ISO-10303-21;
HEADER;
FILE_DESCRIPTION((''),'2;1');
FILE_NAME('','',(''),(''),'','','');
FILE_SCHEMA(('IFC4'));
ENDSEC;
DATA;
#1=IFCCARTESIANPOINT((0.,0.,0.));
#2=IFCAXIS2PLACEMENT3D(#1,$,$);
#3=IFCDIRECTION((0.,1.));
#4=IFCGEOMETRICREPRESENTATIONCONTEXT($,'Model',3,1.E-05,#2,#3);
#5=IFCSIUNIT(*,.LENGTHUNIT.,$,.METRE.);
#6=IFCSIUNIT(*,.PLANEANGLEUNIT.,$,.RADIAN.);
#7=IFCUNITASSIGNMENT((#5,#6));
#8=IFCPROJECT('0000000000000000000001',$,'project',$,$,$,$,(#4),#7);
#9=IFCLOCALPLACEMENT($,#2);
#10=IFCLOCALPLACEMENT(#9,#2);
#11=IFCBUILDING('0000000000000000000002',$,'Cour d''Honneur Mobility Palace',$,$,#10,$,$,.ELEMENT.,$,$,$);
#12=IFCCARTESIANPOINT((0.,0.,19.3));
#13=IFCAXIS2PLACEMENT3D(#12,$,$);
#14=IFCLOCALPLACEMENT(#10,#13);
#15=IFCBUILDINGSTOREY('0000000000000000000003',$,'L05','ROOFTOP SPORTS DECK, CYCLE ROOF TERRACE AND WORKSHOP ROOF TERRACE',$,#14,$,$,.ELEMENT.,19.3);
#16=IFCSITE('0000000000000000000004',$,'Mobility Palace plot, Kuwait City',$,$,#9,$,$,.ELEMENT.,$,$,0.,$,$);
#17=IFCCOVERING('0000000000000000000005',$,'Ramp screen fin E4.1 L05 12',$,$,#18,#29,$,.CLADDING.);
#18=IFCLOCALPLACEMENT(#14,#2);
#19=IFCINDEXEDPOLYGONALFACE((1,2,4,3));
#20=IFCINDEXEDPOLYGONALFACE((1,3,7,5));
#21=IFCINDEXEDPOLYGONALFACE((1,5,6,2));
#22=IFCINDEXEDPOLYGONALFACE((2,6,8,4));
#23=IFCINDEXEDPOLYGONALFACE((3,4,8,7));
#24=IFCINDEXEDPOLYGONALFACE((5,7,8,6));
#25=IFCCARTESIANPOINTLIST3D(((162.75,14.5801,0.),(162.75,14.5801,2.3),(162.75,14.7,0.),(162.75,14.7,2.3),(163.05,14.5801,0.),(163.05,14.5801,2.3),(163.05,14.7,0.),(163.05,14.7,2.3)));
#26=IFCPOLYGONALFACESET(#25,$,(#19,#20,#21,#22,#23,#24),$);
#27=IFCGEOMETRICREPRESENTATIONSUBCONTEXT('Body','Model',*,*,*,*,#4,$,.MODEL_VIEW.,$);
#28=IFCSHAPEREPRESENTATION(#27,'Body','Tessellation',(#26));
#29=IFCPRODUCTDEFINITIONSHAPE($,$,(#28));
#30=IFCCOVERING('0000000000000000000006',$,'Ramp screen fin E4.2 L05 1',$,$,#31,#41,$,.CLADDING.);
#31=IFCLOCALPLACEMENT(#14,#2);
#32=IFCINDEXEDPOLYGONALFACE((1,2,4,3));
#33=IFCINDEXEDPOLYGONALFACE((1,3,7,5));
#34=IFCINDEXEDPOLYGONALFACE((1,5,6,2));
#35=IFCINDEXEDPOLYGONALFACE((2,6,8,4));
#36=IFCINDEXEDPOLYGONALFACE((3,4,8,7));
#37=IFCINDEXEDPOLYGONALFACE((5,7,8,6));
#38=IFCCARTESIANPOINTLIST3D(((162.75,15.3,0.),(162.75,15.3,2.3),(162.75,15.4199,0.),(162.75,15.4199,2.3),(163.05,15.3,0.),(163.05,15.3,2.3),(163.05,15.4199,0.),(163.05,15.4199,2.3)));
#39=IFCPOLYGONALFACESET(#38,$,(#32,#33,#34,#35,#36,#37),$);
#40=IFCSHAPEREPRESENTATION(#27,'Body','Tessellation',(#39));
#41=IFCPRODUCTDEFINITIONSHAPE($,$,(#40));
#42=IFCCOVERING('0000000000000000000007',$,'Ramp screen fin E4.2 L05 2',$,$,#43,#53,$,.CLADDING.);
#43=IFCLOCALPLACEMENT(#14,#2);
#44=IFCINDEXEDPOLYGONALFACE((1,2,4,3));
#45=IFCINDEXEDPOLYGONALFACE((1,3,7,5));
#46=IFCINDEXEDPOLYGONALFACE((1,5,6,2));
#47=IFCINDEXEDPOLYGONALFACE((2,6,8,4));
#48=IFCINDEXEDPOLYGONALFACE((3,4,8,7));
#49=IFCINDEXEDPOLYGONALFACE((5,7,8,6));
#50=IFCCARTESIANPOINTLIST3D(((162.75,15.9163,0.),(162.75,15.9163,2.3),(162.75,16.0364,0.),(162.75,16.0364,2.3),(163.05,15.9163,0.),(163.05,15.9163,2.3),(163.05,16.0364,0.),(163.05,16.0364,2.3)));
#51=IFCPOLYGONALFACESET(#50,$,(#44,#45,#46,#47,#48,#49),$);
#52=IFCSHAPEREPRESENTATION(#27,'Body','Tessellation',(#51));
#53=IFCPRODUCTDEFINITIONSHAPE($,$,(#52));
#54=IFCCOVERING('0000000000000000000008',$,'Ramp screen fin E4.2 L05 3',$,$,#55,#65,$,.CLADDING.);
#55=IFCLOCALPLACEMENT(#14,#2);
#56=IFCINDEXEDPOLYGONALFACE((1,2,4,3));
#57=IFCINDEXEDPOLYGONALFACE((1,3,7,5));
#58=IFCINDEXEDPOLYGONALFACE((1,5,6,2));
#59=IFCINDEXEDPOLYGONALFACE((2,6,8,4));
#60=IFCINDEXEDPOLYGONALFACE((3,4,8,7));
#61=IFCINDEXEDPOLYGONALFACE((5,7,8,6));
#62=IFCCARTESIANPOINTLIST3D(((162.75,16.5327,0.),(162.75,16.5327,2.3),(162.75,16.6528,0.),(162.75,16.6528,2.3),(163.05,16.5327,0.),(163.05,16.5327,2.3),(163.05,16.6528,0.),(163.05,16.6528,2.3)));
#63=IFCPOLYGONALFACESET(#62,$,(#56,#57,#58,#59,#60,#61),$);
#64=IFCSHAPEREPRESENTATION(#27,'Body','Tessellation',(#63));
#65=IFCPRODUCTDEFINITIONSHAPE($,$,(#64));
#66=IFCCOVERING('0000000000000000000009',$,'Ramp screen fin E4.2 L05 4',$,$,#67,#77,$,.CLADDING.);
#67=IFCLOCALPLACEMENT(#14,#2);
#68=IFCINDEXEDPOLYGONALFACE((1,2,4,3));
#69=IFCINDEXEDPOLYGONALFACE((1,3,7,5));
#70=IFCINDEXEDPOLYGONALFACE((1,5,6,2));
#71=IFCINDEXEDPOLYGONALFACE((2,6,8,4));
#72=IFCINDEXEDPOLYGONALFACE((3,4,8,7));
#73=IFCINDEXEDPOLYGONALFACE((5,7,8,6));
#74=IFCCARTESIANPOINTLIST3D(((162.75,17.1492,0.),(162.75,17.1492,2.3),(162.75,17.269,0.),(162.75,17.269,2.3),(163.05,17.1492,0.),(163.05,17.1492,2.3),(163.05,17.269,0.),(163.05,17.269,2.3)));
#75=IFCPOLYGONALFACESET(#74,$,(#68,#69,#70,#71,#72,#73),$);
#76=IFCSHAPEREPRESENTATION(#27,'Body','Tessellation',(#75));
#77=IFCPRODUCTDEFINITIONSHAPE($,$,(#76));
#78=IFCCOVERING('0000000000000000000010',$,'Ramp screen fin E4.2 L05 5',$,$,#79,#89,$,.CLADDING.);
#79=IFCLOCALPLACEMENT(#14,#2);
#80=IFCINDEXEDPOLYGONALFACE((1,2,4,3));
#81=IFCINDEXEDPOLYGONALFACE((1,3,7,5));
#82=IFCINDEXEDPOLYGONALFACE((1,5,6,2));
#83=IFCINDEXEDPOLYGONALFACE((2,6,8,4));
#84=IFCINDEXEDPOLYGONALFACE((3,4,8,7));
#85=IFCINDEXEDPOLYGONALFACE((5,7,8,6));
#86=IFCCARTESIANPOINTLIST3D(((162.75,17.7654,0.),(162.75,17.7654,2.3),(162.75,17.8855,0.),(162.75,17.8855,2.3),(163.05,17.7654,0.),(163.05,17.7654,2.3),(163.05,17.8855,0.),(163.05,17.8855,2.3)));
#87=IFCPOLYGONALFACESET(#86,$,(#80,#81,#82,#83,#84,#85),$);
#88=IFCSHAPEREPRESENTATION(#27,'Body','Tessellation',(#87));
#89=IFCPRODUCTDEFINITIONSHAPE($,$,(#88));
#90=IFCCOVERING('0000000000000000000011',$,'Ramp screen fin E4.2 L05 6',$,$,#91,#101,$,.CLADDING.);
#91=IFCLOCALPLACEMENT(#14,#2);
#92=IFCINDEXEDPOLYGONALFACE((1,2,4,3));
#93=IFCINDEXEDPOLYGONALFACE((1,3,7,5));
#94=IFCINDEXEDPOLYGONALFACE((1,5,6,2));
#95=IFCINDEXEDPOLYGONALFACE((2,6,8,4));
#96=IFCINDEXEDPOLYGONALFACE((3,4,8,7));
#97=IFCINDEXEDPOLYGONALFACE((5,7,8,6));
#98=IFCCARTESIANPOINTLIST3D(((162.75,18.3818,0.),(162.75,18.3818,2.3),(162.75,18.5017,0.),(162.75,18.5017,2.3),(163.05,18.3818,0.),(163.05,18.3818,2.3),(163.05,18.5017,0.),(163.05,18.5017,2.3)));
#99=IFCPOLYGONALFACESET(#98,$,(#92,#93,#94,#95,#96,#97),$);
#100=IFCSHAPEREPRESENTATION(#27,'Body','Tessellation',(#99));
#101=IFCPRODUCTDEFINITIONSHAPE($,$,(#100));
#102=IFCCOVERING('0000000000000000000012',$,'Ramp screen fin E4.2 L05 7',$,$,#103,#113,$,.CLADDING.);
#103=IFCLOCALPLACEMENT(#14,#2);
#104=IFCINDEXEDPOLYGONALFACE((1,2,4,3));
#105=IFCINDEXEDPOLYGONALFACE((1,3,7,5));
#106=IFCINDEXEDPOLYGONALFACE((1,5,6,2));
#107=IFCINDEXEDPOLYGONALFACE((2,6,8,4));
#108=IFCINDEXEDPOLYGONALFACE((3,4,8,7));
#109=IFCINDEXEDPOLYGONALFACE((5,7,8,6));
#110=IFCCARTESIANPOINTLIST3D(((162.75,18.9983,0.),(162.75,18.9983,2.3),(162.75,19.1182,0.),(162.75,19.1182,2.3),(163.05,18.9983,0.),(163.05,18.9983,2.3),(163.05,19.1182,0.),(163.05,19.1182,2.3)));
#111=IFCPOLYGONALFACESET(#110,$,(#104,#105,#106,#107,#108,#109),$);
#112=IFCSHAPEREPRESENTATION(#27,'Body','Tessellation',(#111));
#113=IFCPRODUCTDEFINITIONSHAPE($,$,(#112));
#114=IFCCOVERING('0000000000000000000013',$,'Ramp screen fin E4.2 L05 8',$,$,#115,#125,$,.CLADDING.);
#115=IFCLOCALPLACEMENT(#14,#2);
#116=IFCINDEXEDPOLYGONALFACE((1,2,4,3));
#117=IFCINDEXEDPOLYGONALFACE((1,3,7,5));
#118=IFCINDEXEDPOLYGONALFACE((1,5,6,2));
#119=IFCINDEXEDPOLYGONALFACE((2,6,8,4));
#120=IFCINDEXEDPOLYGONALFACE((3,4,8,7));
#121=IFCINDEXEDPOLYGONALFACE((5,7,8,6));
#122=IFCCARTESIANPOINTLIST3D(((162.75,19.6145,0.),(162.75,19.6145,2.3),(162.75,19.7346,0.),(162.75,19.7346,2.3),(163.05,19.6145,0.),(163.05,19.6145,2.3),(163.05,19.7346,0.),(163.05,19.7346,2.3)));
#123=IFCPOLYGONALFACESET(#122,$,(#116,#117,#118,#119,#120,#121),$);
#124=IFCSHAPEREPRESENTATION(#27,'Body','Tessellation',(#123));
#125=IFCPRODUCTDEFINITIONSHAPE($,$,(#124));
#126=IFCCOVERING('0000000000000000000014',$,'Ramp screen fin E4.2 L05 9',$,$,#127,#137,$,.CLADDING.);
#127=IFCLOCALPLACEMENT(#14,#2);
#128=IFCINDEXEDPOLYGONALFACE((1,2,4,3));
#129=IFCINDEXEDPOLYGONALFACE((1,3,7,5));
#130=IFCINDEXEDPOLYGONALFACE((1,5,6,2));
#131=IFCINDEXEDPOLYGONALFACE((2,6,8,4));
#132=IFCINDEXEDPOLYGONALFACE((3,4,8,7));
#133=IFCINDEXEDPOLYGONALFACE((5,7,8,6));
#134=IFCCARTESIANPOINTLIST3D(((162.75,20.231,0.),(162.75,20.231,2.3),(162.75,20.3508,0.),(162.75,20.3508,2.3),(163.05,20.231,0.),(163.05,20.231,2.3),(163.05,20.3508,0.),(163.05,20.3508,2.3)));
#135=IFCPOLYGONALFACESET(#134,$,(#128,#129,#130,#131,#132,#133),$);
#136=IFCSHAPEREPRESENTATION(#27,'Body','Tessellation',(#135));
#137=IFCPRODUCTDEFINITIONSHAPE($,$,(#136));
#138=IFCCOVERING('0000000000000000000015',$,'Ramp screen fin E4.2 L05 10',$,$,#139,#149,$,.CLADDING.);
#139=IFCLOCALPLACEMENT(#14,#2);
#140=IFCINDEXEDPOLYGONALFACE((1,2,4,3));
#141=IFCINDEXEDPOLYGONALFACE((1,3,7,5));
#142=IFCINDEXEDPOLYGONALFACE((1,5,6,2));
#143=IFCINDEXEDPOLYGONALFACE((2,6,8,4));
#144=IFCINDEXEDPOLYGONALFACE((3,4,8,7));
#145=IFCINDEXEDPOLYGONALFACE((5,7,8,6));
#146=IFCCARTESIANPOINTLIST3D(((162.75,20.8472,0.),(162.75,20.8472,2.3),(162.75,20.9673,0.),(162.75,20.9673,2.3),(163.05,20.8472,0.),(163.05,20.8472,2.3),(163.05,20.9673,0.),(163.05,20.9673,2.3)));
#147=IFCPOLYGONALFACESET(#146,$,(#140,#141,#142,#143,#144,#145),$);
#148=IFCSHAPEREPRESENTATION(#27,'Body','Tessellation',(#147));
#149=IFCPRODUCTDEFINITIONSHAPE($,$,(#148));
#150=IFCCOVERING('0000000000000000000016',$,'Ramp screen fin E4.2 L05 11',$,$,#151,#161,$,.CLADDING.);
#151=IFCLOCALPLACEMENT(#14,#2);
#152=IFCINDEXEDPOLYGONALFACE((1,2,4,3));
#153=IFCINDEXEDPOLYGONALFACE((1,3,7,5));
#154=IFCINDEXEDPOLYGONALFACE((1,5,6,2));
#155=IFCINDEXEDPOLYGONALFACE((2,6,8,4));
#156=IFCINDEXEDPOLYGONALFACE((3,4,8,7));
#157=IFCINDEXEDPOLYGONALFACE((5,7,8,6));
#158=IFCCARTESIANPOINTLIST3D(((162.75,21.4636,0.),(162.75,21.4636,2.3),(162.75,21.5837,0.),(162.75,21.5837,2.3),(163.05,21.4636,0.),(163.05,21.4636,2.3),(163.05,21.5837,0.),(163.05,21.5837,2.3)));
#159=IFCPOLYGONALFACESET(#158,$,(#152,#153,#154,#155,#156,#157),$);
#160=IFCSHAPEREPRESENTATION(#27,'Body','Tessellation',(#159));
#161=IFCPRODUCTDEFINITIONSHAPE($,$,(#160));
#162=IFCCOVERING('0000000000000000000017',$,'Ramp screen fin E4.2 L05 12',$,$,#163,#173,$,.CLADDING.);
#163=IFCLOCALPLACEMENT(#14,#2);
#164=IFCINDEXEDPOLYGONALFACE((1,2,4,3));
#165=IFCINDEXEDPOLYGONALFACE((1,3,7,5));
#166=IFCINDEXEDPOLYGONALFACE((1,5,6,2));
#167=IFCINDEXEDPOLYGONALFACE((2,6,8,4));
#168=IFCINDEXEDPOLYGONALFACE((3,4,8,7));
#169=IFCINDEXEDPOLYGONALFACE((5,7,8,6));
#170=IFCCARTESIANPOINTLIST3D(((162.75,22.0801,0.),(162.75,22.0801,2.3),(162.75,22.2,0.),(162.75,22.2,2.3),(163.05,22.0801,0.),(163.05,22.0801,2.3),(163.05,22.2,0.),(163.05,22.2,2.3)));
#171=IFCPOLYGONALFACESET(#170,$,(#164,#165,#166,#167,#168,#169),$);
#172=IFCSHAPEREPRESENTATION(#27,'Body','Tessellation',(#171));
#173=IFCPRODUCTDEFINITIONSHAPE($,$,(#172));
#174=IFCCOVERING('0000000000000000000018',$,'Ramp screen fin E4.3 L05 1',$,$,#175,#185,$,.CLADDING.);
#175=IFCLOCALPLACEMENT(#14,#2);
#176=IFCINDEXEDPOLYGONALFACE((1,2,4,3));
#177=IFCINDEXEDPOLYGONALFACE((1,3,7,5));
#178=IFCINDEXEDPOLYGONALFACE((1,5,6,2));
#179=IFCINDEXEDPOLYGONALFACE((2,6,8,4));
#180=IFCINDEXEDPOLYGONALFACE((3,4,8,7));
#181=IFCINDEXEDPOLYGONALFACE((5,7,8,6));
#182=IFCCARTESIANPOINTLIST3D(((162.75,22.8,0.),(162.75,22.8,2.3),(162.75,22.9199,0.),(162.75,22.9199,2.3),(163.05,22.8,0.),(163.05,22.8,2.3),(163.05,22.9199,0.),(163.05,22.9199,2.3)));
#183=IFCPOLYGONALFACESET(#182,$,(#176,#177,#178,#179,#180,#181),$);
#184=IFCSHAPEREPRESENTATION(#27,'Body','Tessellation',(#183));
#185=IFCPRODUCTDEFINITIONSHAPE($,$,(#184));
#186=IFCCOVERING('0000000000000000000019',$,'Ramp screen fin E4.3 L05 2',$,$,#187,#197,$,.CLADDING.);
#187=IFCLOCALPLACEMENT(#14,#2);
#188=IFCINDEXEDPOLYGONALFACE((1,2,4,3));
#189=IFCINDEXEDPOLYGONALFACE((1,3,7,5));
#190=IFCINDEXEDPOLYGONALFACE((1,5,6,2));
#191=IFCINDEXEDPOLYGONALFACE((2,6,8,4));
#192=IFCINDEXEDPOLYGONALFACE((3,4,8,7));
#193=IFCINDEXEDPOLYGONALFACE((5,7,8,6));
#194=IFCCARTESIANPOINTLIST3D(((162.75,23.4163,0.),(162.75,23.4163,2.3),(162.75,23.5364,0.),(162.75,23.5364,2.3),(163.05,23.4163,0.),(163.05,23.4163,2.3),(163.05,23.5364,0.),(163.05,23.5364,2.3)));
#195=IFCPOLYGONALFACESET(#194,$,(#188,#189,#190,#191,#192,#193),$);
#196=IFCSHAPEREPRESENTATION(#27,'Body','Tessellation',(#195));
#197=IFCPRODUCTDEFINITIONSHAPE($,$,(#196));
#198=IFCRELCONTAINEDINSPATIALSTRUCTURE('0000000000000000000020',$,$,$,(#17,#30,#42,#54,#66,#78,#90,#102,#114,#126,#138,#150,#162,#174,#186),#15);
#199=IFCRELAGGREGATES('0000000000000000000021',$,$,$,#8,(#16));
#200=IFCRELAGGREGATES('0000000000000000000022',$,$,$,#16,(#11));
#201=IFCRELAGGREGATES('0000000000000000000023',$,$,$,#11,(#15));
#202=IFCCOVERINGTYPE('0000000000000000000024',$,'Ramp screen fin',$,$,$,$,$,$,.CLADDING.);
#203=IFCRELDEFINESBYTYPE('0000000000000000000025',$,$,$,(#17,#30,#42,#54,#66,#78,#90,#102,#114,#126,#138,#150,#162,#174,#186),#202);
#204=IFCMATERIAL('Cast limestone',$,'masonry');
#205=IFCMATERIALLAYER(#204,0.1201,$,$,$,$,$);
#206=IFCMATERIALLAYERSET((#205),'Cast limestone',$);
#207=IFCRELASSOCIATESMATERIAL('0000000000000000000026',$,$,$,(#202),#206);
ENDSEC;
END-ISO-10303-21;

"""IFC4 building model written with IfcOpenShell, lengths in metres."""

from ifc_helpers import new_model, si_unit, direction, frame, origin, place, context, subcontext, project, spatial, polyline, outline, extrude, material, layer, layer_set, type_object, element, save


model = new_model("IFC4")

# Units and contexts
model_context = context("Model", 3, precision=1e-05, world=origin(), true_north=direction((0.0, 1.0)))
body_context = subcontext(model_context, "Body", "Model", "MODEL_VIEW")
ifc_project = project(units=[si_unit("LENGTHUNIT", "METRE"), si_unit("PLANEANGLEUNIT", "RADIAN")], contexts=[model_context])

# Site, building, storey
site_placement = place(None, origin())
site = spatial("IfcSite", under=ifc_project, at=site_placement, Name="Mobility Palace plot, Kuwait City", CompositionType="ELEMENT", RefElevation=0.0)
building_placement = place(site_placement, origin())
building = spatial("IfcBuilding", under=site, at=building_placement, Name="Cour d'Honneur Mobility Palace", CompositionType="ELEMENT")
storey_placement = place(building_placement, frame((0.0, 0.0, 19.3)))
storey = spatial("IfcBuildingStorey", under=building, at=storey_placement, Name="L05", Description="ROOFTOP SPORTS DECK, CYCLE ROOF TERRACE AND WORKSHOP ROOF TERRACE", CompositionType="ELEMENT", Elevation=19.3)

# Coverings
ifc_material = material(Name="Cast limestone", Category="masonry")
ifc_layer = layer(ifc_material, 0.1201)
ifc_layer_set = layer_set([ifc_layer], Name="Cast limestone")
covering_type = type_object("IfcCoveringType", Name="Ramp screen fin", PredefinedType="CLADDING", material=ifc_layer_set)
covering_1_placement = place(storey_placement, origin())
element("IfcCovering", 1, at=covering_1_placement, inside=storey, type_object=covering_type, Name="Ramp screen fin E4.1 L05 12", PredefinedType="CLADDING", context=body_context, shape_type="SweptSolid", body=[
    extrude(outline(polyline([(162.75, 14.5801), (162.75, 14.7), (163.05, 14.7), (163.05, 14.5801), (162.75, 14.5801)])), origin(), (0.0, 0.0, 1.0), 2.3),
])
covering_2_placement = place(storey_placement, origin())
element("IfcCovering", 2, at=covering_2_placement, inside=storey, type_object=covering_type, Name="Ramp screen fin E4.2 L05 1", PredefinedType="CLADDING", context=body_context, shape_type="SweptSolid", body=[
    extrude(outline(polyline([(162.75, 15.3), (162.75, 15.4199), (163.05, 15.4199), (163.05, 15.3), (162.75, 15.3)])), origin(), (0.0, 0.0, 1.0), 2.3),
])
covering_3_placement = place(storey_placement, origin())
element("IfcCovering", 3, at=covering_3_placement, inside=storey, type_object=covering_type, Name="Ramp screen fin E4.2 L05 2", PredefinedType="CLADDING", context=body_context, shape_type="SweptSolid", body=[
    extrude(outline(polyline([(162.75, 15.9163), (162.75, 16.0364), (163.05, 16.0364), (163.05, 15.9163), (162.75, 15.9163)])), origin(), (0.0, 0.0, 1.0), 2.3),
])
covering_4_placement = place(storey_placement, origin())
element("IfcCovering", 4, at=covering_4_placement, inside=storey, type_object=covering_type, Name="Ramp screen fin E4.2 L05 3", PredefinedType="CLADDING", context=body_context, shape_type="SweptSolid", body=[
    extrude(outline(polyline([(162.75, 16.5327), (162.75, 16.6528), (163.05, 16.6528), (163.05, 16.5327), (162.75, 16.5327)])), origin(), (0.0, 0.0, 1.0), 2.3),
])
covering_5_placement = place(storey_placement, origin())
element("IfcCovering", 5, at=covering_5_placement, inside=storey, type_object=covering_type, Name="Ramp screen fin E4.2 L05 4", PredefinedType="CLADDING", context=body_context, shape_type="SweptSolid", body=[
    extrude(outline(polyline([(162.75, 17.1492), (162.75, 17.269), (163.05, 17.269), (163.05, 17.1492), (162.75, 17.1492)])), origin(), (0.0, 0.0, 1.0), 2.3),
])
covering_6_placement = place(storey_placement, origin())
element("IfcCovering", 6, at=covering_6_placement, inside=storey, type_object=covering_type, Name="Ramp screen fin E4.2 L05 5", PredefinedType="CLADDING", context=body_context, shape_type="SweptSolid", body=[
    extrude(outline(polyline([(162.75, 17.7654), (162.75, 17.8855), (163.05, 17.8855), (163.05, 17.7654), (162.75, 17.7654)])), origin(), (0.0, 0.0, 1.0), 2.3),
])
covering_7_placement = place(storey_placement, origin())
element("IfcCovering", 7, at=covering_7_placement, inside=storey, type_object=covering_type, Name="Ramp screen fin E4.2 L05 6", PredefinedType="CLADDING", context=body_context, shape_type="SweptSolid", body=[
    extrude(outline(polyline([(162.75, 18.3818), (162.75, 18.5017), (163.05, 18.5017), (163.05, 18.3818), (162.75, 18.3818)])), origin(), (0.0, 0.0, 1.0), 2.3),
])
covering_8_placement = place(storey_placement, origin())
element("IfcCovering", 8, at=covering_8_placement, inside=storey, type_object=covering_type, Name="Ramp screen fin E4.2 L05 7", PredefinedType="CLADDING", context=body_context, shape_type="SweptSolid", body=[
    extrude(outline(polyline([(162.75, 18.9983), (162.75, 19.1182), (163.05, 19.1182), (163.05, 18.9983), (162.75, 18.9983)])), origin(), (0.0, 0.0, 1.0), 2.3),
])
covering_9_placement = place(storey_placement, origin())
element("IfcCovering", 9, at=covering_9_placement, inside=storey, type_object=covering_type, Name="Ramp screen fin E4.2 L05 8", PredefinedType="CLADDING", context=body_context, shape_type="SweptSolid", body=[
    extrude(outline(polyline([(162.75, 19.6145), (162.75, 19.7346), (163.05, 19.7346), (163.05, 19.6145), (162.75, 19.6145)])), origin(), (0.0, 0.0, 1.0), 2.3),
])
covering_10_placement = place(storey_placement, origin())
element("IfcCovering", 10, at=covering_10_placement, inside=storey, type_object=covering_type, Name="Ramp screen fin E4.2 L05 9", PredefinedType="CLADDING", context=body_context, shape_type="SweptSolid", body=[
    extrude(outline(polyline([(162.75, 20.231), (162.75, 20.3508), (163.05, 20.3508), (163.05, 20.231), (162.75, 20.231)])), origin(), (0.0, 0.0, 1.0), 2.3),
])
covering_11_placement = place(storey_placement, origin())
element("IfcCovering", 11, at=covering_11_placement, inside=storey, type_object=covering_type, Name="Ramp screen fin E4.2 L05 10", PredefinedType="CLADDING", context=body_context, shape_type="SweptSolid", body=[
    extrude(outline(polyline([(162.75, 20.8472), (162.75, 20.9673), (163.05, 20.9673), (163.05, 20.8472), (162.75, 20.8472)])), origin(), (0.0, 0.0, 1.0), 2.3),
])
covering_12_placement = place(storey_placement, origin())
element("IfcCovering", 12, at=covering_12_placement, inside=storey, type_object=covering_type, Name="Ramp screen fin E4.2 L05 11", PredefinedType="CLADDING", context=body_context, shape_type="SweptSolid", body=[
    extrude(outline(polyline([(162.75, 21.4636), (162.75, 21.5837), (163.05, 21.5837), (163.05, 21.4636), (162.75, 21.4636)])), origin(), (0.0, 0.0, 1.0), 2.3),
])
covering_13_placement = place(storey_placement, origin())
element("IfcCovering", 13, at=covering_13_placement, inside=storey, type_object=covering_type, Name="Ramp screen fin E4.2 L05 12", PredefinedType="CLADDING", context=body_context, shape_type="SweptSolid", body=[
    extrude(outline(polyline([(162.75, 22.0801), (162.75, 22.2), (163.05, 22.2), (163.05, 22.0801), (162.75, 22.0801)])), origin(), (0.0, 0.0, 1.0), 2.3),
])
covering_14_placement = place(storey_placement, origin())
element("IfcCovering", 14, at=covering_14_placement, inside=storey, type_object=covering_type, Name="Ramp screen fin E4.3 L05 1", PredefinedType="CLADDING", context=body_context, shape_type="SweptSolid", body=[
    extrude(outline(polyline([(162.75, 22.8), (162.75, 22.9199), (163.05, 22.9199), (163.05, 22.8), (162.75, 22.8)])), origin(), (0.0, 0.0, 1.0), 2.3),
])
covering_15_placement = place(storey_placement, origin())
element("IfcCovering", 15, at=covering_15_placement, inside=storey, type_object=covering_type, Name="Ramp screen fin E4.3 L05 2", PredefinedType="CLADDING", context=body_context, shape_type="SweptSolid", body=[
    extrude(outline(polyline([(162.75, 23.4163), (162.75, 23.5364), (163.05, 23.5364), (163.05, 23.4163), (162.75, 23.4163)])), origin(), (0.0, 0.0, 1.0), 2.3),
])

save(model, "model.ifc")
